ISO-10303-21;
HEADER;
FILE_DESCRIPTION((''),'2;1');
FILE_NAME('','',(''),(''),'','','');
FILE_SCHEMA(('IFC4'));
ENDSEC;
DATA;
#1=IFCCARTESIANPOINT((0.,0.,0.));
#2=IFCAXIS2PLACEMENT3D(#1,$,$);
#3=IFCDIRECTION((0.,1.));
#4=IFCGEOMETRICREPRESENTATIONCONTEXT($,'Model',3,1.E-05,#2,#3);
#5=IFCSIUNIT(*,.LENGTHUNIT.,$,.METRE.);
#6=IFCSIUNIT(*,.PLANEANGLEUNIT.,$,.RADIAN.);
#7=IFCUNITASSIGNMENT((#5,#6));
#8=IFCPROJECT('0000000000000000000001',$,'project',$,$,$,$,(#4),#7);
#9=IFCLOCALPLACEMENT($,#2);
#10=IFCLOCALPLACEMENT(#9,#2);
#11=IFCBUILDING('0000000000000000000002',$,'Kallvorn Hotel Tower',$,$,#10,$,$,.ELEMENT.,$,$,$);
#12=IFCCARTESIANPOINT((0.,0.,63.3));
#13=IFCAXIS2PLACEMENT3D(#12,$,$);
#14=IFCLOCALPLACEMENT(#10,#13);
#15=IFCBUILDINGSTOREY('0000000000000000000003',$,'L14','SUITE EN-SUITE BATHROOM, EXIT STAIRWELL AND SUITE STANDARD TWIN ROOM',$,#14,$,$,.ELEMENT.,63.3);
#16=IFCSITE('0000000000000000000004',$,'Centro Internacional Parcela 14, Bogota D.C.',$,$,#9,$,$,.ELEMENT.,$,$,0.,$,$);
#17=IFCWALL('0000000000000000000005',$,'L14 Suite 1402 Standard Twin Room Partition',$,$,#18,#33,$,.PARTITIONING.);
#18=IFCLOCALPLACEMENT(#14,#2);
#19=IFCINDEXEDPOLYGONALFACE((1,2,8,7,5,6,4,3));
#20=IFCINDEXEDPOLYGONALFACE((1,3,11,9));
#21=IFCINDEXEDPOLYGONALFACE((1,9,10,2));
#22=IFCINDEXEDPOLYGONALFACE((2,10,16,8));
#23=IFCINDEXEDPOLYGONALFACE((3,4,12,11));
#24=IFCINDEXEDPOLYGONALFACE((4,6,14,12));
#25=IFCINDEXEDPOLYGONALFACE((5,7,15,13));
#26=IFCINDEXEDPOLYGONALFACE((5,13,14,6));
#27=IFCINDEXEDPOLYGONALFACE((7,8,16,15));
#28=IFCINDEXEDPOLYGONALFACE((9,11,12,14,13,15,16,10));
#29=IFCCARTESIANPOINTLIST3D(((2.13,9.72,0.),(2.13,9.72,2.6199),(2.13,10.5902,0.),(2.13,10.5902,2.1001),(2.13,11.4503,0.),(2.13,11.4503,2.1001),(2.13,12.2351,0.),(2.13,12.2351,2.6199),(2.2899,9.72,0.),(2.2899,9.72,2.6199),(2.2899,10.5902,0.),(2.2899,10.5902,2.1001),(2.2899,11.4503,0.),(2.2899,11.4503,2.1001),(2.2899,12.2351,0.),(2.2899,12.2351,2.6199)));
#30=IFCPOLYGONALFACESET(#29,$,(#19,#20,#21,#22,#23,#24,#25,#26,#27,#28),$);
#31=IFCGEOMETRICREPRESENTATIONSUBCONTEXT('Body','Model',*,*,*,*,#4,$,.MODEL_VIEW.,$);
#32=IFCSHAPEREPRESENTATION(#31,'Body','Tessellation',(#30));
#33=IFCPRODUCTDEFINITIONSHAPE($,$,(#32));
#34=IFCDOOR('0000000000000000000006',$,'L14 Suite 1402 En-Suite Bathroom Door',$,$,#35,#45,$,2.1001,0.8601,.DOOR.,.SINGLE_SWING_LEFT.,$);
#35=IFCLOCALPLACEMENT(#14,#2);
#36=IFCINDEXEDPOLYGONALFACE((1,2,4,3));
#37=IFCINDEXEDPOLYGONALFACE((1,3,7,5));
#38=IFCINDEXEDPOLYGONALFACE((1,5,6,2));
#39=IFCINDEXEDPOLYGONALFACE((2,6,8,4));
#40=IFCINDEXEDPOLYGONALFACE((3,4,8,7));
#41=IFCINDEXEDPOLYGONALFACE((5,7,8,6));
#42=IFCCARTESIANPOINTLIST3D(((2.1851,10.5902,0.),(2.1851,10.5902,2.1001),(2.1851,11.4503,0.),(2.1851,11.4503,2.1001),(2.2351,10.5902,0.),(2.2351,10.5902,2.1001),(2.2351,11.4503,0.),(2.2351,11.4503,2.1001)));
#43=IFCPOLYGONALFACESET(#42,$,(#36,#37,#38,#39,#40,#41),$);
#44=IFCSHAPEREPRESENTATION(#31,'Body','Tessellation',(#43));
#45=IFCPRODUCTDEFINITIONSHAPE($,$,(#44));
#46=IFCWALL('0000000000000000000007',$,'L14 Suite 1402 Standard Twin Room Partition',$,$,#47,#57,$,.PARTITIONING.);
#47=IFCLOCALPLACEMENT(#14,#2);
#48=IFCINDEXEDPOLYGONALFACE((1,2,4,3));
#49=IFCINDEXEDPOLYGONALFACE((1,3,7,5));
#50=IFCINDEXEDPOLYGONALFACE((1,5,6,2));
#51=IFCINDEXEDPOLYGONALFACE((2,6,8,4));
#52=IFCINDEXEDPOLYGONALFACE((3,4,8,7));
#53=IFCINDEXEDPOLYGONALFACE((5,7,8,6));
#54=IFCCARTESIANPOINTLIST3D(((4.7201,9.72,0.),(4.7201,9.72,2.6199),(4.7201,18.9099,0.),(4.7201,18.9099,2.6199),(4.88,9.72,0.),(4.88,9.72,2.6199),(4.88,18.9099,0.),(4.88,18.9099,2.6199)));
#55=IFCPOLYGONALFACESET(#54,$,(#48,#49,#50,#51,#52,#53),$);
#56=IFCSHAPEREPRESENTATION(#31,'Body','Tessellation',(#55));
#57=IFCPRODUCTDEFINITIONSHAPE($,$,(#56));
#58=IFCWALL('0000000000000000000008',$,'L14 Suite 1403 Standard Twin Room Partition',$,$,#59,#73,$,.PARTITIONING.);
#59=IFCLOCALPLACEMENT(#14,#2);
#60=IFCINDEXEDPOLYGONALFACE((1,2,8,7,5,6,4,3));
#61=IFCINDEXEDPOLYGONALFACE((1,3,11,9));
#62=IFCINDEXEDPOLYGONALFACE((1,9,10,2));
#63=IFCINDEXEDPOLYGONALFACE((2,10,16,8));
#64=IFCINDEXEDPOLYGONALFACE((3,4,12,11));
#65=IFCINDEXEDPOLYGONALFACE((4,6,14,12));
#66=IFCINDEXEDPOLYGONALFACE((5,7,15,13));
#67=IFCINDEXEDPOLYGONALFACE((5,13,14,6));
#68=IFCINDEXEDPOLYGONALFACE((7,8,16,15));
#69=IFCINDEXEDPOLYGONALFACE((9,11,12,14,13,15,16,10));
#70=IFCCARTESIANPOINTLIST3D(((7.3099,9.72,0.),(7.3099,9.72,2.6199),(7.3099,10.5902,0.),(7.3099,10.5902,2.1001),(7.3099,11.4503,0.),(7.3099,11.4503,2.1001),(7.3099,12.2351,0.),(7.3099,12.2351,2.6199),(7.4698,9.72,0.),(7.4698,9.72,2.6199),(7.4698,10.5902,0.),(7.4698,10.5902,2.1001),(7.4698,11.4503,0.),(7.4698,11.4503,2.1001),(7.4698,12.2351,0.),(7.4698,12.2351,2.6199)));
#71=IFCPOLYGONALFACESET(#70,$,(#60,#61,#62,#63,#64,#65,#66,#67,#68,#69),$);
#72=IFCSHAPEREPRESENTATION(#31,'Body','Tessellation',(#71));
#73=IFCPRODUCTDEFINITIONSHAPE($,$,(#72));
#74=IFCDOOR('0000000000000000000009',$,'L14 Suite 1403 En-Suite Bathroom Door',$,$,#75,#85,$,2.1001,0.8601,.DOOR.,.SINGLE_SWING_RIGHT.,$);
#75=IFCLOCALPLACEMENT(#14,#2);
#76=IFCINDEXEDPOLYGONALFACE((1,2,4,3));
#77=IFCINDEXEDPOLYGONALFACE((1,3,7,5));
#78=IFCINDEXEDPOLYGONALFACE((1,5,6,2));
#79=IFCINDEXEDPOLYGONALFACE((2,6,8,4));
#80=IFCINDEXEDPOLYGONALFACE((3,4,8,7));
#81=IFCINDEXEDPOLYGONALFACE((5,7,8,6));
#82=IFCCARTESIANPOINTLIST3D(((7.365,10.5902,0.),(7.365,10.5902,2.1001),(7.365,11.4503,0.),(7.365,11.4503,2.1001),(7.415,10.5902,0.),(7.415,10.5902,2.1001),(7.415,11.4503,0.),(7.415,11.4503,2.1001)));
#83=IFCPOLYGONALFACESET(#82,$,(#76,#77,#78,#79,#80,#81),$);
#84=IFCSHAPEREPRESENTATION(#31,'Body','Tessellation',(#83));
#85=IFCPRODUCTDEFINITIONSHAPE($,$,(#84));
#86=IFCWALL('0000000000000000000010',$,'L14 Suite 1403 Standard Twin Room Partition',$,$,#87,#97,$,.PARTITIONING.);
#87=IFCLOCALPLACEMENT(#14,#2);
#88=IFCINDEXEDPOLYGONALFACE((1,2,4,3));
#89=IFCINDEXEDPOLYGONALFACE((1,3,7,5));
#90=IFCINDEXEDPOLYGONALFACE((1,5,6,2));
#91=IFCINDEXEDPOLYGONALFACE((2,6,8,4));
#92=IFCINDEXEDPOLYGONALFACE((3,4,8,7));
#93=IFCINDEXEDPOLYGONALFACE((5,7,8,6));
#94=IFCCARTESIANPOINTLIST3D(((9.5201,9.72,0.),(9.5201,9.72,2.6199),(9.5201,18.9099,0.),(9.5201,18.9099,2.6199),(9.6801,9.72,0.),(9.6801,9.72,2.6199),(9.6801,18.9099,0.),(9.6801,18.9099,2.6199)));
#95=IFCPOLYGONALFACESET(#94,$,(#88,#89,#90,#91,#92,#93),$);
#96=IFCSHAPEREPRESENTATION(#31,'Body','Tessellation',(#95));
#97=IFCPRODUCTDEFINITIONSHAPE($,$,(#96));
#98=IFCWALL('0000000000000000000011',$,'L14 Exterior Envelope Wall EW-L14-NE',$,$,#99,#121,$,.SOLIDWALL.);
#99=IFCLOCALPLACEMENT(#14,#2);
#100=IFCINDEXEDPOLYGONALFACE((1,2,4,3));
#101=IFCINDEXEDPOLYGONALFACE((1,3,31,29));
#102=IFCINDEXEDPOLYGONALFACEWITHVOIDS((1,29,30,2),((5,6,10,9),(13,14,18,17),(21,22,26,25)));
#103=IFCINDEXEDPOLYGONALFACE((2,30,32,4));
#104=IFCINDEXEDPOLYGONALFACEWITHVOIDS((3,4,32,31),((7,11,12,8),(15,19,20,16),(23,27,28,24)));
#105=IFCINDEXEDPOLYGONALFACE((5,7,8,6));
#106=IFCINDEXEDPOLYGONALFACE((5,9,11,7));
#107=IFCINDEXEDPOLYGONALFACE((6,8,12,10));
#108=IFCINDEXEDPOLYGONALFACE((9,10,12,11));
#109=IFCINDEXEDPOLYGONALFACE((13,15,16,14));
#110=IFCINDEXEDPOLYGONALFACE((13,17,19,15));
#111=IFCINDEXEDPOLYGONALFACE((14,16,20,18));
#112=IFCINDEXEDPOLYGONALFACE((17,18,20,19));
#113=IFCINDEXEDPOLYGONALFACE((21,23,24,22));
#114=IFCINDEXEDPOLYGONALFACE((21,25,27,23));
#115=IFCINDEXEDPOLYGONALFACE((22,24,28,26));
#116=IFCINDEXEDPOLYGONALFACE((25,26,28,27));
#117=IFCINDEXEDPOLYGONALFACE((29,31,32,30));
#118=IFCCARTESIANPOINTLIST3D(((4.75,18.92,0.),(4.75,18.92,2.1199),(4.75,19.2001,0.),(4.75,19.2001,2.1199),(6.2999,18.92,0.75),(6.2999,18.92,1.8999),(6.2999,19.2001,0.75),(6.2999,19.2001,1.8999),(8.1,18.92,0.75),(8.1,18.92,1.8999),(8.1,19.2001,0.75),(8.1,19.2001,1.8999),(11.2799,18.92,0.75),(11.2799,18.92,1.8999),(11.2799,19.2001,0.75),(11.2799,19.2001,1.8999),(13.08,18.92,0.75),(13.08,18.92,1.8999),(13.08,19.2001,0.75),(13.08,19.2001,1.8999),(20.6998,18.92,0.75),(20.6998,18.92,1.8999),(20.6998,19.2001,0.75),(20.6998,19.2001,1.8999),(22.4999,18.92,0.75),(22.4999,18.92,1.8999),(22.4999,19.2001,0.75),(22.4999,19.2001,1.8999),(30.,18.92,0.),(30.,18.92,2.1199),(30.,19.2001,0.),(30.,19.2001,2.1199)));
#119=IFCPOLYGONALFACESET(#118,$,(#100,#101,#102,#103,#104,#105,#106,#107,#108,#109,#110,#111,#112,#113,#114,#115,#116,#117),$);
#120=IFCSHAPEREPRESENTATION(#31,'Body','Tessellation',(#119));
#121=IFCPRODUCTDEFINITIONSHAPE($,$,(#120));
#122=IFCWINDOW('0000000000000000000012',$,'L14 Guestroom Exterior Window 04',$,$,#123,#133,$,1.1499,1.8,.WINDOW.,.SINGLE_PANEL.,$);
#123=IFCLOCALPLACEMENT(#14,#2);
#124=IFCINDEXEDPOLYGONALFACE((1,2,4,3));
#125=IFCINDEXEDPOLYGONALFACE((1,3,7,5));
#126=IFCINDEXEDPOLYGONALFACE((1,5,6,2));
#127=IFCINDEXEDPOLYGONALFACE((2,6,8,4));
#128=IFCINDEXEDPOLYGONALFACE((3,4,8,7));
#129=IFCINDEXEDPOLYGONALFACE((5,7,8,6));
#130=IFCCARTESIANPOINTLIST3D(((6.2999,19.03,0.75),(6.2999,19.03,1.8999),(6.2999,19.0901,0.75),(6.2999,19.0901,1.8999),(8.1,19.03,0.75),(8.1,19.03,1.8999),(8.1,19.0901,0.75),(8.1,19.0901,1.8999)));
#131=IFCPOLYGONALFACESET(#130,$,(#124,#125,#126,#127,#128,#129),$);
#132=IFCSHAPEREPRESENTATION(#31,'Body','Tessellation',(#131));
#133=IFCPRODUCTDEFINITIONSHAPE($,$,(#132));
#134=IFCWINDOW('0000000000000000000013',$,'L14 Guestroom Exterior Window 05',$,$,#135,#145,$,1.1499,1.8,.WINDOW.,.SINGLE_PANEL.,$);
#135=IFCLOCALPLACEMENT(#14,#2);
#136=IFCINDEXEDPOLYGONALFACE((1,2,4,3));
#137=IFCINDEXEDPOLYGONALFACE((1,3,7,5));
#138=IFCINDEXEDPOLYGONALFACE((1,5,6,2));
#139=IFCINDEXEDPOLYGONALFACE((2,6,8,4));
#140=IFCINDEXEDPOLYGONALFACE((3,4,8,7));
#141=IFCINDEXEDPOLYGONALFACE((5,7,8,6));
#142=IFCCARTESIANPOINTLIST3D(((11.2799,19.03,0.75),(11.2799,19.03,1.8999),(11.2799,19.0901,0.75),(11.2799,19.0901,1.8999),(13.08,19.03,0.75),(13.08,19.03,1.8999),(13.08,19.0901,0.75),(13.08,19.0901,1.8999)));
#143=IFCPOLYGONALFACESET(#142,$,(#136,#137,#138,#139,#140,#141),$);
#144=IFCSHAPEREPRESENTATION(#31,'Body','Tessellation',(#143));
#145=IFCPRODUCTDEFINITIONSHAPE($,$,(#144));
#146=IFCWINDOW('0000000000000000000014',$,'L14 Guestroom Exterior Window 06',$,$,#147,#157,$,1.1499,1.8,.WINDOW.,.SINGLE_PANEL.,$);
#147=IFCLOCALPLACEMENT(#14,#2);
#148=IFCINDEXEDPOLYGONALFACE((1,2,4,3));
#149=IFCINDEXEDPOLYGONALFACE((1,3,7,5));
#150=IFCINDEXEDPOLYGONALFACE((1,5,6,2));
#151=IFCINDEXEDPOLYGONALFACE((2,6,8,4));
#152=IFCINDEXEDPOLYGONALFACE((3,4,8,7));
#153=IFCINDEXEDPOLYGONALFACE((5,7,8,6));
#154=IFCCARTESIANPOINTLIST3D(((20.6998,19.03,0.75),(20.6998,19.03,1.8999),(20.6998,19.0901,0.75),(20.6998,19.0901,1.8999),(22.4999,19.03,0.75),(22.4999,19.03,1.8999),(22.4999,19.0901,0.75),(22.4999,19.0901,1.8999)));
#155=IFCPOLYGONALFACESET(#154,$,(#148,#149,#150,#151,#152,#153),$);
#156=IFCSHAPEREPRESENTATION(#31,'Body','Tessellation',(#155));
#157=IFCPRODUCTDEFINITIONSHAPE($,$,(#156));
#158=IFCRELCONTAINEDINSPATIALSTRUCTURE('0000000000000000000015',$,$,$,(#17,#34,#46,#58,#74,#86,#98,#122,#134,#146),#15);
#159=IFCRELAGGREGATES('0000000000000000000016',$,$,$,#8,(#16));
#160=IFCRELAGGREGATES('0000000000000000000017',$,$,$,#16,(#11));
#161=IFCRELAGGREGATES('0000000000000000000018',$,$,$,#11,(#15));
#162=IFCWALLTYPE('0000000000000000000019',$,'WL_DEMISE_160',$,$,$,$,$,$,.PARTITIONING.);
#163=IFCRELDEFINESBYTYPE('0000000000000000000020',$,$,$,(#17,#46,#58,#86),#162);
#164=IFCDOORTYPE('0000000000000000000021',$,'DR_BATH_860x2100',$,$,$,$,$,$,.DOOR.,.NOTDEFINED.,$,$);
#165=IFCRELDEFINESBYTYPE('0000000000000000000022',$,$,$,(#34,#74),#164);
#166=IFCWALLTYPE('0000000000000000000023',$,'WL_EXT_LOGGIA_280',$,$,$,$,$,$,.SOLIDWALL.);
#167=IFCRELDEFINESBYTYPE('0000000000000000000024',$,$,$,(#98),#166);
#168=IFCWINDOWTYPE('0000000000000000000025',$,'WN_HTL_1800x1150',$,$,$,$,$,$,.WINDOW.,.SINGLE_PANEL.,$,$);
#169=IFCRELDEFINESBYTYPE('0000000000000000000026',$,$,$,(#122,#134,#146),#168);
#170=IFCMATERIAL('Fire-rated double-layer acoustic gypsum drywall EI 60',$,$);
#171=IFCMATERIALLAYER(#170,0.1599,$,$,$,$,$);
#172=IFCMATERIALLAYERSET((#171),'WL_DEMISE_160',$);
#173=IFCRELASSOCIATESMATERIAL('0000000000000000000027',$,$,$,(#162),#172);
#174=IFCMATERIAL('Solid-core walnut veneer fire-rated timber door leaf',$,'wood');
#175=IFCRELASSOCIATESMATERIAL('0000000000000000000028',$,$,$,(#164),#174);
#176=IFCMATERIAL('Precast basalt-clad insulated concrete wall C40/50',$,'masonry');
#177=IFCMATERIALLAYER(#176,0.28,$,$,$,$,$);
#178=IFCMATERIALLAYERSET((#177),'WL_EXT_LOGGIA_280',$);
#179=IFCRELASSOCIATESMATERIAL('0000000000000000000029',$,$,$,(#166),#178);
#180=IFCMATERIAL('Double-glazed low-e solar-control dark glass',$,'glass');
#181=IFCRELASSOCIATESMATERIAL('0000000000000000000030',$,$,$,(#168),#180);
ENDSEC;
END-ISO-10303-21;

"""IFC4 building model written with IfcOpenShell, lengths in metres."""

from ifc_helpers import new_model, si_unit, direction, frame, frame_2d, origin, place, context, subcontext, project, spatial, rectangle, extrude, material, layer, layer_set, type_object, element, fill, save


model = new_model("IFC4")

# Units and contexts
model_context = context("Model", 3, precision=1e-05, world=origin(), true_north=direction((0.0, 1.0)))
body_context = subcontext(model_context, "Body", "Model", "MODEL_VIEW")
ifc_project = project(units=[si_unit("LENGTHUNIT", "METRE"), si_unit("PLANEANGLEUNIT", "RADIAN")], contexts=[model_context])

# Site, building, storey
site_placement = place(None, origin())
site = spatial("IfcSite", under=ifc_project, at=site_placement, Name="Centro Internacional Parcela 14, Bogota D.C.", CompositionType="ELEMENT", RefElevation=0.0)
building_placement = place(site_placement, origin())
building = spatial("IfcBuilding", under=site, at=building_placement, Name="Kallvorn Hotel Tower", CompositionType="ELEMENT")
storey_placement = place(building_placement, frame((0.0, 0.0, 63.3)))
storey = spatial("IfcBuildingStorey", under=building, at=storey_placement, Name="L14", Description="SUITE EN-SUITE BATHROOM, EXIT STAIRWELL AND SUITE STANDARD TWIN ROOM", CompositionType="ELEMENT", Elevation=63.3)

# Shared definitions
ifc_material_1 = material(Name="Fire-rated double-layer acoustic gypsum drywall EI 60")
ifc_layer_1 = layer(ifc_material_1, 0.1599)
ifc_layer_set_1 = layer_set([ifc_layer_1], Name="WL_DEMISE_160")
wall_type_1 = type_object("IfcWallType", Name="WL_DEMISE_160", PredefinedType="PARTITIONING", material=ifc_layer_set_1)

# Wall, opening, door
wall_1_placement = place(storey_placement, frame((2.21, 9.72, 0.0), z_axis=(0.0, 0.0, 1.0), x_axis=(0.0, 1.0, 0.0)))
wall_1 = element("IfcWall", 1, at=wall_1_placement, inside=storey, type_object=wall_type_1, Name="L14 Suite 1402 Standard Twin Room Partition", PredefinedType="PARTITIONING", context=body_context, shape_type="SweptSolid", body=[
    extrude(rectangle(XDim=2.5151, YDim=0.1599, at=frame_2d((1.2576, 0.0))), origin(), (0.0, 0.0, 1.0), 2.6199),
])
opening_1_placement = place(wall_1_placement, frame((0.8701, 0.0, 0.0)))
opening_1 = element("IfcOpeningElement", 2, at=opening_1_placement, cuts=wall_1, PredefinedType="OPENING", context=body_context, shape_type="SweptSolid", body=[
    extrude(rectangle(XDim=0.8601, YDim=2.1001, at=frame_2d((0.4302, 1.05))), frame((0.0, 0.095, 0.0), z_axis=(0.0, -1.0, 0.0), x_axis=(1.0, 0.0, 0.0)), (0.0, 0.0, 1.0), 0.1899),
])
ifc_material_2 = material(Name="Solid-core walnut veneer fire-rated timber door leaf", Category="wood")
door_type = type_object("IfcDoorType", Name="DR_BATH_860x2100", OperationType="NOTDEFINED", PredefinedType="DOOR", material=ifc_material_2)
door_1_placement = place(opening_1_placement, origin())
door_1 = element("IfcDoor", 3, at=door_1_placement, inside=storey, type_object=door_type, Name="L14 Suite 1402 En-Suite Bathroom Door", OperationType="SINGLE_SWING_LEFT", OverallHeight=2.1001, OverallWidth=0.8601, PredefinedType="DOOR", context=body_context, shape_type="SweptSolid", body=[
    extrude(rectangle(XDim=0.8601, YDim=2.1001, at=frame_2d((0.4302, 1.05))), frame((0.0, 0.0249, 0.0), z_axis=(0.0, -1.0, 0.0), x_axis=(1.0, 0.0, 0.0)), (0.0, 0.0, 1.0), 0.05),
])
fill(opening_1, door_1)

# Wall
wall_2_placement = place(storey_placement, frame((4.8, 9.72, 0.0), z_axis=(0.0, 0.0, 1.0), x_axis=(0.0, 1.0, 0.0)))
element("IfcWall", 4, at=wall_2_placement, inside=storey, type_object=wall_type_1, Name="L14 Suite 1402 Standard Twin Room Partition", PredefinedType="PARTITIONING", context=body_context, shape_type="SweptSolid", body=[
    extrude(rectangle(XDim=9.1899, YDim=0.1599, at=frame_2d((4.595, 0.0))), origin(), (0.0, 0.0, 1.0), 2.6199),
])

# Wall, opening, door
wall_3_placement = place(storey_placement, frame((7.3899, 9.72, 0.0), z_axis=(0.0, 0.0, 1.0), x_axis=(0.0, 1.0, 0.0)))
wall_3 = element("IfcWall", 5, at=wall_3_placement, inside=storey, type_object=wall_type_1, Name="L14 Suite 1403 Standard Twin Room Partition", PredefinedType="PARTITIONING", context=body_context, shape_type="SweptSolid", body=[
    extrude(rectangle(XDim=2.5151, YDim=0.1599, at=frame_2d((1.2576, 0.0))), origin(), (0.0, 0.0, 1.0), 2.6199),
])
opening_2_placement = place(wall_3_placement, frame((0.8701, 0.0, 0.0)))
opening_2 = element("IfcOpeningElement", 6, at=opening_2_placement, cuts=wall_3, PredefinedType="OPENING", context=body_context, shape_type="SweptSolid", body=[
    extrude(rectangle(XDim=0.8601, YDim=2.1001, at=frame_2d((0.4302, 1.05))), frame((0.0, 0.095, 0.0), z_axis=(0.0, -1.0, 0.0), x_axis=(1.0, 0.0, 0.0)), (0.0, 0.0, 1.0), 0.1899),
])
door_2_placement = place(opening_2_placement, origin())
door_2 = element("IfcDoor", 7, at=door_2_placement, inside=storey, type_object=door_type, Name="L14 Suite 1403 En-Suite Bathroom Door", OperationType="SINGLE_SWING_RIGHT", OverallHeight=2.1001, OverallWidth=0.8601, PredefinedType="DOOR", context=body_context, shape_type="SweptSolid", body=[
    extrude(rectangle(XDim=0.8601, YDim=2.1001, at=frame_2d((0.4302, 1.05))), frame((0.0, 0.0249, 0.0), z_axis=(0.0, -1.0, 0.0), x_axis=(1.0, 0.0, 0.0)), (0.0, 0.0, 1.0), 0.05),
])
fill(opening_2, door_2)

# Wall
wall_4_placement = place(storey_placement, frame((9.6001, 9.72, 0.0), z_axis=(0.0, 0.0, 1.0), x_axis=(0.0, 1.0, 0.0)))
element("IfcWall", 8, at=wall_4_placement, inside=storey, type_object=wall_type_1, Name="L14 Suite 1403 Standard Twin Room Partition", PredefinedType="PARTITIONING", context=body_context, shape_type="SweptSolid", body=[
    extrude(rectangle(XDim=9.1899, YDim=0.1599, at=frame_2d((4.595, 0.0))), origin(), (0.0, 0.0, 1.0), 2.6199),
])

# Wall, openings, windows
ifc_material_3 = material(Name="Precast basalt-clad insulated concrete wall C40/50", Category="masonry")
ifc_layer_2 = layer(ifc_material_3, 0.28)
ifc_layer_set_2 = layer_set([ifc_layer_2], Name="WL_EXT_LOGGIA_280")
wall_type_2 = type_object("IfcWallType", Name="WL_EXT_LOGGIA_280", PredefinedType="SOLIDWALL", material=ifc_layer_set_2)
wall_5_placement = place(storey_placement, frame((4.75, 19.0601, 0.0), z_axis=(0.0, 0.0, 1.0), x_axis=(1.0, 0.0, 0.0)))
wall_5 = element("IfcWall", 9, at=wall_5_placement, inside=storey, type_object=wall_type_2, Name="L14 Exterior Envelope Wall EW-L14-NE", PredefinedType="SOLIDWALL", context=body_context, shape_type="SweptSolid", body=[
    extrude(rectangle(XDim=25.25, YDim=0.28, at=frame_2d((12.625, 0.0))), origin(), (0.0, 0.0, 1.0), 2.1199),
])
opening_3_placement = place(wall_5_placement, frame((1.55, 0.0, 0.75)))
opening_3 = element("IfcOpeningElement", 10, at=opening_3_placement, cuts=wall_5, PredefinedType="OPENING", context=body_context, shape_type="SweptSolid", body=[
    extrude(rectangle(XDim=1.8, YDim=1.1499, at=frame_2d((0.8999, 0.575))), frame((0.0, 0.155, 0.0), z_axis=(0.0, -1.0, 0.0), x_axis=(1.0, 0.0, 0.0)), (0.0, 0.0, 1.0), 0.3101),
])
opening_4_placement = place(wall_5_placement, frame((6.53, 0.0, 0.75)))
opening_4 = element("IfcOpeningElement", 11, at=opening_4_placement, cuts=wall_5, PredefinedType="OPENING", context=body_context, shape_type="SweptSolid", body=[
    extrude(rectangle(XDim=1.8, YDim=1.1499, at=frame_2d((0.8999, 0.575))), frame((0.0, 0.155, 0.0), z_axis=(0.0, -1.0, 0.0), x_axis=(1.0, 0.0, 0.0)), (0.0, 0.0, 1.0), 0.3101),
])
opening_5_placement = place(wall_5_placement, frame((15.95, 0.0, 0.75)))
opening_5 = element("IfcOpeningElement", 12, at=opening_5_placement, cuts=wall_5, PredefinedType="OPENING", context=body_context, shape_type="SweptSolid", body=[
    extrude(rectangle(XDim=1.8, YDim=1.1499, at=frame_2d((0.8999, 0.575))), frame((0.0, 0.155, 0.0), z_axis=(0.0, -1.0, 0.0), x_axis=(1.0, 0.0, 0.0)), (0.0, 0.0, 1.0), 0.3101),
])
ifc_material_4 = material(Name="Double-glazed low-e solar-control dark glass", Category="glass")
window_type = type_object("IfcWindowType", Name="WN_HTL_1800x1150", PartitioningType="SINGLE_PANEL", PredefinedType="WINDOW", material=ifc_material_4)
window_1_placement = place(opening_3_placement, origin())
window_1 = element("IfcWindow", 13, at=window_1_placement, inside=storey, type_object=window_type, Name="L14 Guestroom Exterior Window 04", OverallHeight=1.1499, OverallWidth=1.8, PartitioningType="SINGLE_PANEL", PredefinedType="WINDOW", context=body_context, shape_type="SweptSolid", body=[
    extrude(rectangle(XDim=1.8, YDim=1.1499, at=frame_2d((0.8999, 0.575))), frame((0.0, 0.03, 0.0), z_axis=(0.0, -1.0, 0.0), x_axis=(1.0, 0.0, 0.0)), (0.0, 0.0, 1.0), 0.0601),
])
fill(opening_3, window_1)
window_2_placement = place(opening_4_placement, origin())
window_2 = element("IfcWindow", 14, at=window_2_placement, inside=storey, type_object=window_type, Name="L14 Guestroom Exterior Window 05", OverallHeight=1.1499, OverallWidth=1.8, PartitioningType="SINGLE_PANEL", PredefinedType="WINDOW", context=body_context, shape_type="SweptSolid", body=[
    extrude(rectangle(XDim=1.8, YDim=1.1499, at=frame_2d((0.8999, 0.575))), frame((0.0, 0.03, 0.0), z_axis=(0.0, -1.0, 0.0), x_axis=(1.0, 0.0, 0.0)), (0.0, 0.0, 1.0), 0.0601),
])
fill(opening_4, window_2)
window_3_placement = place(opening_5_placement, origin())
window_3 = element("IfcWindow", 15, at=window_3_placement, inside=storey, type_object=window_type, Name="L14 Guestroom Exterior Window 06", OverallHeight=1.1499, OverallWidth=1.8, PartitioningType="SINGLE_PANEL", PredefinedType="WINDOW", context=body_context, shape_type="SweptSolid", body=[
    extrude(rectangle(XDim=1.8, YDim=1.1499, at=frame_2d((0.8999, 0.575))), frame((0.0, 0.03, 0.0), z_axis=(0.0, -1.0, 0.0), x_axis=(1.0, 0.0, 0.0)), (0.0, 0.0, 1.0), 0.0601),
])
fill(opening_5, window_3)

save(model, "model.ifc")
